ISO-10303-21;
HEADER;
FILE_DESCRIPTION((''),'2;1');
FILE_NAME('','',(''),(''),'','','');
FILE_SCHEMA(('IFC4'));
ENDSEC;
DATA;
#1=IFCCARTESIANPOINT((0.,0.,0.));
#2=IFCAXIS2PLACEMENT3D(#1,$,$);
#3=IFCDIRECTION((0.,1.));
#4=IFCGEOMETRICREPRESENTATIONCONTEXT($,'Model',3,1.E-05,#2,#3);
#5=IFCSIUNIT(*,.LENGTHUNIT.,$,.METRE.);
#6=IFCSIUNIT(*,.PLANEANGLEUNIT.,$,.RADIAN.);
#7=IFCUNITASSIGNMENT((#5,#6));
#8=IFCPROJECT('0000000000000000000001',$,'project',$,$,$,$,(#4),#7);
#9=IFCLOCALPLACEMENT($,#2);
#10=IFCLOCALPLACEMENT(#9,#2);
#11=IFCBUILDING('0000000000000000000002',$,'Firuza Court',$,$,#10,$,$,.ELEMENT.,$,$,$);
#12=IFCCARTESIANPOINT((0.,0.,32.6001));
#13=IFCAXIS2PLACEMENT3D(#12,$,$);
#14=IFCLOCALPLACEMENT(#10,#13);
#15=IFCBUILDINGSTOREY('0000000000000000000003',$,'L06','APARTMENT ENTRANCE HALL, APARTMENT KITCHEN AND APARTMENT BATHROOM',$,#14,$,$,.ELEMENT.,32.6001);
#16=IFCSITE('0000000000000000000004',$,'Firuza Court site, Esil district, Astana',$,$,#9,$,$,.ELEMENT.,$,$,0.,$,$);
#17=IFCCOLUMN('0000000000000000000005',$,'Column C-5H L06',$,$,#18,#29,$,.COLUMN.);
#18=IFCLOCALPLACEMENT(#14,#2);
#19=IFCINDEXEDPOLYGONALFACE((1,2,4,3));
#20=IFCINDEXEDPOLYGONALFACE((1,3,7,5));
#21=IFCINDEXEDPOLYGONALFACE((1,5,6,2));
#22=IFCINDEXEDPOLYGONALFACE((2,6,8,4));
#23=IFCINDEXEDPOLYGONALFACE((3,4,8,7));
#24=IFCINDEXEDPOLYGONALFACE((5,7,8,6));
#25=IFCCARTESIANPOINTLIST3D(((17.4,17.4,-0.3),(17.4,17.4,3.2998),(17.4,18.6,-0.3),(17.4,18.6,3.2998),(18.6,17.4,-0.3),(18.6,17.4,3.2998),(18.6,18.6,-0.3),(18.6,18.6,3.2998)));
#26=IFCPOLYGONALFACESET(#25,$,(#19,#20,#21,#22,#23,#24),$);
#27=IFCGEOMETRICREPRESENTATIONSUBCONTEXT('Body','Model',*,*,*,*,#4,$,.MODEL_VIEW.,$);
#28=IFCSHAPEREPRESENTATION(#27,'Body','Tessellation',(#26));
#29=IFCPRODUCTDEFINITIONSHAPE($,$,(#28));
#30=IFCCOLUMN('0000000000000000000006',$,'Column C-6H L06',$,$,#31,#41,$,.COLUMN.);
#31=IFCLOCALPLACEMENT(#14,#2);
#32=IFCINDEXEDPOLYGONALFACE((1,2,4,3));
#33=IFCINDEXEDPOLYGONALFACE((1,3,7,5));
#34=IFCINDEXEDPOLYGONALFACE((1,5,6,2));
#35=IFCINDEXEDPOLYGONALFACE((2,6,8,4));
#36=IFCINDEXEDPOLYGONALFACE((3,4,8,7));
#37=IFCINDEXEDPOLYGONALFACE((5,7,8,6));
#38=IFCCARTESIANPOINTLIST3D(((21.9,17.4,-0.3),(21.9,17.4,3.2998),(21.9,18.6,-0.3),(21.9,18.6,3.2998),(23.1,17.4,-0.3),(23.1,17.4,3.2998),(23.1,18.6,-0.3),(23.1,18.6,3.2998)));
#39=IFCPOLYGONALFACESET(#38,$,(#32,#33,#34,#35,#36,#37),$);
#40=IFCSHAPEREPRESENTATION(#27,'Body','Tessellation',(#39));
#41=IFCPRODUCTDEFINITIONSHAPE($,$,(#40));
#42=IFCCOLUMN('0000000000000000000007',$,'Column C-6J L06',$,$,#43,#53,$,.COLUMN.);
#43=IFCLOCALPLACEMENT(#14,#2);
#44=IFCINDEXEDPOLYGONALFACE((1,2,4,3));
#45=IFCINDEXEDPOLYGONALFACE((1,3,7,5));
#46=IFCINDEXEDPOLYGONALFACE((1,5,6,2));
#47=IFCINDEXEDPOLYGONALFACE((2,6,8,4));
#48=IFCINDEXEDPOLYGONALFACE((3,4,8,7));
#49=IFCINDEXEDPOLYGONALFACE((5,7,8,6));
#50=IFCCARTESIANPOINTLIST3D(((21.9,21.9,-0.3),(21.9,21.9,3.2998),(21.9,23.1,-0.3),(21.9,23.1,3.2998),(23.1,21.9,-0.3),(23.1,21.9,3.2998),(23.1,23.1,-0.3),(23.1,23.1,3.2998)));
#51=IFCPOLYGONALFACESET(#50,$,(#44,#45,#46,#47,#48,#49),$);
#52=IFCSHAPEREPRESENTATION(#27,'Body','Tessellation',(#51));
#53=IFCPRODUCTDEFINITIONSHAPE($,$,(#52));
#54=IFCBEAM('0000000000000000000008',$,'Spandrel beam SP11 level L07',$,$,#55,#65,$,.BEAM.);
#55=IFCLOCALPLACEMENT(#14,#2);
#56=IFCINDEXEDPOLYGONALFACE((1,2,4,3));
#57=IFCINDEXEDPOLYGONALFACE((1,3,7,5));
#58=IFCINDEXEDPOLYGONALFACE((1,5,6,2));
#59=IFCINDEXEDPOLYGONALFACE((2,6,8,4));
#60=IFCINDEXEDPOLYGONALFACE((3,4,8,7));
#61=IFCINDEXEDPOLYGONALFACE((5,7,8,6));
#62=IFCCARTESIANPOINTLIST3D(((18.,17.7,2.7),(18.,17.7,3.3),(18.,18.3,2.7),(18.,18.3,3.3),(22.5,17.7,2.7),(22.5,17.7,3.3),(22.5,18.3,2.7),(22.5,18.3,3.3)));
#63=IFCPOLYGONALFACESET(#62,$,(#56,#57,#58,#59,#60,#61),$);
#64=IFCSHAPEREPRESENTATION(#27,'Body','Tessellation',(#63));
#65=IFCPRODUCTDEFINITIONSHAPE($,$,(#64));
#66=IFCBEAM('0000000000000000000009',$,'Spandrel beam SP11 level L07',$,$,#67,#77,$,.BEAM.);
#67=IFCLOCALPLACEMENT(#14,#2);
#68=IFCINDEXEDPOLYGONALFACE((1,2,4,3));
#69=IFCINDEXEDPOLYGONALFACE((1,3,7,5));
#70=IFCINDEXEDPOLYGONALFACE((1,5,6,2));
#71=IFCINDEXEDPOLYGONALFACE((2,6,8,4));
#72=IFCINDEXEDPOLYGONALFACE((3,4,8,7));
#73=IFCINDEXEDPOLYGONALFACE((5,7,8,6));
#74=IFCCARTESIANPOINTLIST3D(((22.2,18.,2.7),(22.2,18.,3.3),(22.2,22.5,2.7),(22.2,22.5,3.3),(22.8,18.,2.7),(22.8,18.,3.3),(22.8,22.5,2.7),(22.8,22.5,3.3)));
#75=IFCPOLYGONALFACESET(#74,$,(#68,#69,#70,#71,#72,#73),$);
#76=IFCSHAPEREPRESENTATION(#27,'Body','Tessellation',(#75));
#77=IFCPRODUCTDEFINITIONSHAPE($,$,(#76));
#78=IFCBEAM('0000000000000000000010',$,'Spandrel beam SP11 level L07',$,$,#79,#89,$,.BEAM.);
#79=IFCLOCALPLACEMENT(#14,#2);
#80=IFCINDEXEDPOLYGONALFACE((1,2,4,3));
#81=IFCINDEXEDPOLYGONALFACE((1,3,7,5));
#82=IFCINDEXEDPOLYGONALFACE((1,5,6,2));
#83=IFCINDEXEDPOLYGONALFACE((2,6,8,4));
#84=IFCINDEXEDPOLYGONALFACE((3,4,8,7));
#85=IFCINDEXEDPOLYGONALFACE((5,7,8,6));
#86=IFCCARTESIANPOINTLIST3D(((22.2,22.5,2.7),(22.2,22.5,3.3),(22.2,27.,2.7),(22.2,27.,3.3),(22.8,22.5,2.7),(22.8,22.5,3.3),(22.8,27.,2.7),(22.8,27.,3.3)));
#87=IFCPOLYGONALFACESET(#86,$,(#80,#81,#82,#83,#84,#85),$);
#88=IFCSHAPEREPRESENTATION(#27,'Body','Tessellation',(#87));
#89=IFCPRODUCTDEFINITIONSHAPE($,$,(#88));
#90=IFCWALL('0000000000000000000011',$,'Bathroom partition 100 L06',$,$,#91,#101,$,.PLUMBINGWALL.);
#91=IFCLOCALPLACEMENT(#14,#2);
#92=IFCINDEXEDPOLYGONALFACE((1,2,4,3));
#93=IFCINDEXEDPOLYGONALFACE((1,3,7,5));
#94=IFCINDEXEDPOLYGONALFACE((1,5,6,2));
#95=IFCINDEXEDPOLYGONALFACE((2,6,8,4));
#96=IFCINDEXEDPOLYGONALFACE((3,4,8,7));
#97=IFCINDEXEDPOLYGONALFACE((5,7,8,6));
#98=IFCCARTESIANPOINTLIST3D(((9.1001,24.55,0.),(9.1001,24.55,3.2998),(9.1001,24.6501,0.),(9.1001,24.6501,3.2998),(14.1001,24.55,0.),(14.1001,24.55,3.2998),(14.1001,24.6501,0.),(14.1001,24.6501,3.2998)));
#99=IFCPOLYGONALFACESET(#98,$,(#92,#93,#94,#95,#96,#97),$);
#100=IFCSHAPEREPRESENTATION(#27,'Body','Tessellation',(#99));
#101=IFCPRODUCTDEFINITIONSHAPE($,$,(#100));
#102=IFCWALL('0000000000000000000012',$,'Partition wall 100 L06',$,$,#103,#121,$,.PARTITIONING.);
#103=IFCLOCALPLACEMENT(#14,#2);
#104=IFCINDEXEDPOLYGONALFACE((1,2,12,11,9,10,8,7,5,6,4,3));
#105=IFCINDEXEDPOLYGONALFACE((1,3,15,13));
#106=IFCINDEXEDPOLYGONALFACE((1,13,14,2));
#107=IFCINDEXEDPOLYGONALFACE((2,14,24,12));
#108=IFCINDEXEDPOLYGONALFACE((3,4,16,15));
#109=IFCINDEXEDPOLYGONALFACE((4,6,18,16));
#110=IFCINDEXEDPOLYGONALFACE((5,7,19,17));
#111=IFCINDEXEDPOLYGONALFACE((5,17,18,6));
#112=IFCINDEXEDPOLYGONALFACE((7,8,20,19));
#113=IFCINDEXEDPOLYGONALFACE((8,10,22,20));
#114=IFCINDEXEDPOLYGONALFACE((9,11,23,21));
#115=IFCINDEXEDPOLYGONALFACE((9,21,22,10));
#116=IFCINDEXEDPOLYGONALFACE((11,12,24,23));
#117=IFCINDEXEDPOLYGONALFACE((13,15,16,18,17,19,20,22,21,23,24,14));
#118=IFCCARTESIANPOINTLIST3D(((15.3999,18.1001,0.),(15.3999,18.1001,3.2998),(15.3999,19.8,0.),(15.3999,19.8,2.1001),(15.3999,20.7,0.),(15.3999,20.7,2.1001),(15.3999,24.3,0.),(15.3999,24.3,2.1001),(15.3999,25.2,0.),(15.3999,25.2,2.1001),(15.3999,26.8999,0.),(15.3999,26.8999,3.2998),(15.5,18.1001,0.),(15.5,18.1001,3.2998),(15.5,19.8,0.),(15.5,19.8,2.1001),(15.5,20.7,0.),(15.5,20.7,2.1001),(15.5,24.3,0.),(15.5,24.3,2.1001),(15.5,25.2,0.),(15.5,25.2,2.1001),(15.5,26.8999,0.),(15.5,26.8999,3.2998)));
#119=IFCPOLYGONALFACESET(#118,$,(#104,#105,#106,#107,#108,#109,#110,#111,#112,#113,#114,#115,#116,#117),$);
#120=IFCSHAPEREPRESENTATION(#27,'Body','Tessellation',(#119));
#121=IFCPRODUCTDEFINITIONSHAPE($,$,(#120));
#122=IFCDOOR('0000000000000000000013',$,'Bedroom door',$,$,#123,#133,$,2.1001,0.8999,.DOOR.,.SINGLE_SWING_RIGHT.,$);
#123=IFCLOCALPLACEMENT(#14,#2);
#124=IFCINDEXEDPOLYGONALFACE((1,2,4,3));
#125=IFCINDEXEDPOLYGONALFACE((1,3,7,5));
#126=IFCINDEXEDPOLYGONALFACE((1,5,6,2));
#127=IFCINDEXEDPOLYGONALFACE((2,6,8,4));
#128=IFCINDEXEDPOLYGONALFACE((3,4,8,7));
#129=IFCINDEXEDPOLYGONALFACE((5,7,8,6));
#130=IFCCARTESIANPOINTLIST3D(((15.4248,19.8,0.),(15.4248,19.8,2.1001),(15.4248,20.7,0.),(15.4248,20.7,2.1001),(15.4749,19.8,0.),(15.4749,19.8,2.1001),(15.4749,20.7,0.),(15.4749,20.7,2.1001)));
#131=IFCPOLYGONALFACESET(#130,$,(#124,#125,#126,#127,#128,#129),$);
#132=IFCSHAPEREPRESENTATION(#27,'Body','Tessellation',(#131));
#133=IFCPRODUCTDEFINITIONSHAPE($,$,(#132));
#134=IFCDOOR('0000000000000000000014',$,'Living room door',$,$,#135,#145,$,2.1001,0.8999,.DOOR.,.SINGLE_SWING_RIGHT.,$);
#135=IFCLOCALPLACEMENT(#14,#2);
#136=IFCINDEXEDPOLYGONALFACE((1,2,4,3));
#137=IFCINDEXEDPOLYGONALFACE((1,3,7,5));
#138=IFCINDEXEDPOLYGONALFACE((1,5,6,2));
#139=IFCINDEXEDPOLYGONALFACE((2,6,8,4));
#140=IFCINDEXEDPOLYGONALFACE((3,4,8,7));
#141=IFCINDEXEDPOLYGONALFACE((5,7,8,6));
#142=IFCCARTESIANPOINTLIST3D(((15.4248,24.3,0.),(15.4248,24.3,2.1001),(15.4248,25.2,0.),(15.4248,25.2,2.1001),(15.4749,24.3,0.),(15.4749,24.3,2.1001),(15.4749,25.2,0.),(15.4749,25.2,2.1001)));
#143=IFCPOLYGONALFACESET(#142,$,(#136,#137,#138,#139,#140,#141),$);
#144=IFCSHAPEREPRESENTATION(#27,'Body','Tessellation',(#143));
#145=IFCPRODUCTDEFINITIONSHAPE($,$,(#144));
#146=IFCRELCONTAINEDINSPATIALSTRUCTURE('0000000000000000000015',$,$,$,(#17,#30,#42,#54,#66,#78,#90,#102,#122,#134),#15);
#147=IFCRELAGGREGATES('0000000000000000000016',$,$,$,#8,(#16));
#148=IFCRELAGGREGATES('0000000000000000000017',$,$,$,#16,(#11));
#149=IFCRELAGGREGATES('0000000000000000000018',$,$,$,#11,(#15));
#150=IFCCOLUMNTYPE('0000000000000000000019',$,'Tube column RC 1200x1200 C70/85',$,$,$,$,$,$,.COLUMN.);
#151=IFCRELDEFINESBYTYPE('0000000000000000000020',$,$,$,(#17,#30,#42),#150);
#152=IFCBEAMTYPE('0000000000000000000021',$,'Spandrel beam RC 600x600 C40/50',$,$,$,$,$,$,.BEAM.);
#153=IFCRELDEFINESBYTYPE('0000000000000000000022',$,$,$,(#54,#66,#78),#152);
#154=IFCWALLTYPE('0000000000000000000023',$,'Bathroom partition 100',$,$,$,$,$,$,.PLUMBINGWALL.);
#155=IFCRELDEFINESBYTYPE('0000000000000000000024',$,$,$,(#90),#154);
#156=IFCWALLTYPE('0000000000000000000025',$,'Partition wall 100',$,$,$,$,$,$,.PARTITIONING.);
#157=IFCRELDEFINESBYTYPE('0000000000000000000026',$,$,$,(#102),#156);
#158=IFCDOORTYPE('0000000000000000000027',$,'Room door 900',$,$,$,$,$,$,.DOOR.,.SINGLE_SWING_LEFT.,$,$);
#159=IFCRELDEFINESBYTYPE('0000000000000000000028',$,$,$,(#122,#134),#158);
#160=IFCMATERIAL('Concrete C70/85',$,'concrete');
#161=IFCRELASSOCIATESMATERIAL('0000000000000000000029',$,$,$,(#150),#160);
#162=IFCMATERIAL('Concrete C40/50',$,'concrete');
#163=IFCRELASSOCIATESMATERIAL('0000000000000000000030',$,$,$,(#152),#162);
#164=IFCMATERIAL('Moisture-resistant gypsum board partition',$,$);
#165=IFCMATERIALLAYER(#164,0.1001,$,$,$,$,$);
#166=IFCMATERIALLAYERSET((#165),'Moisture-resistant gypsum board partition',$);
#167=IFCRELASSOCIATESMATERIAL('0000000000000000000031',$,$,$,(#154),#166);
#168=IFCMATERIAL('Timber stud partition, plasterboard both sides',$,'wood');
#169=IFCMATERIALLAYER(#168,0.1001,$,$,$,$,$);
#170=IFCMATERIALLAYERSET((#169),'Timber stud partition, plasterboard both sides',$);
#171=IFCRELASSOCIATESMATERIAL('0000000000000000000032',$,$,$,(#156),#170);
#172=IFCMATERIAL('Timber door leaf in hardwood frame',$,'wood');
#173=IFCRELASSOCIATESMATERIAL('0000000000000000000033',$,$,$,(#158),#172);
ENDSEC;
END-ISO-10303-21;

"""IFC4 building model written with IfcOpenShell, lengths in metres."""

from ifc_helpers import new_model, si_unit, direction, frame, frame_2d, origin, origin_2d, place, context, subcontext, project, spatial, rectangle, extrude, material, layer, layer_set, material_profile, profile_set, type_object, element, fill, save


model = new_model("IFC4")

# Units and contexts
model_context = context("Model", 3, precision=1e-05, world=origin(), true_north=direction((0.0, 1.0)))
body_context = subcontext(model_context, "Body", "Model", "MODEL_VIEW")
ifc_project = project(units=[si_unit("LENGTHUNIT", "METRE"), si_unit("PLANEANGLEUNIT", "RADIAN")], contexts=[model_context])

# Site, building, storey
site_placement = place(None, origin())
site = spatial("IfcSite", under=ifc_project, at=site_placement, Name="Firuza Court site, Esil district, Astana", CompositionType="ELEMENT", RefElevation=0.0)
building_placement = place(site_placement, origin())
building = spatial("IfcBuilding", under=site, at=building_placement, Name="Firuza Court", CompositionType="ELEMENT")
storey_placement = place(building_placement, frame((0.0, 0.0, 32.6001)))
storey = spatial("IfcBuildingStorey", under=building, at=storey_placement, Name="L06", Description="APARTMENT ENTRANCE HALL, APARTMENT KITCHEN AND APARTMENT BATHROOM", CompositionType="ELEMENT", Elevation=32.6001)

# Columns
ifc_material_1 = material(Name="Concrete C70/85", Category="concrete")
ifc_material_profile_1 = material_profile(ifc_material_1, rectangle(XDim=1.2, YDim=1.2, at=origin_2d()), Name="RC 1200x1200")
ifc_profile_set_1 = profile_set([ifc_material_profile_1], Name="Concrete C70/85")
column_type = type_object("IfcColumnType", Name="Tube column RC 1200x1200 C70/85", PredefinedType="COLUMN", material=ifc_profile_set_1)
for number, where, z_axis, x_axis, name in (
    (1, (18.0, 18.0, -0.3), (0.0, 0.0, 1.0), (1.0, 0.0, 0.0), "Column C-5H L06"),
    (2, (22.5, 18.0, -0.3), (0.0, 0.0, 1.0), (1.0, 0.0, 0.0), "Column C-6H L06"),
    (3, (22.5, 22.5, -0.3), (0.0, 0.0, 1.0), (1.0, 0.0, 0.0), "Column C-6J L06"),
):
    element("IfcColumn", number, at=place(storey_placement, frame(where, z_axis=z_axis, x_axis=x_axis)), inside=storey, type_object=column_type, Name=name, PredefinedType="COLUMN", context=body_context, shape_type="SweptSolid", body=[
        extrude(rectangle(XDim=1.2, YDim=1.2, at=origin_2d()), origin(), (0.0, 0.0, 1.0), 3.5999),
    ])

# Beams
ifc_material_2 = material(Name="Concrete C40/50", Category="concrete")
ifc_material_profile_2 = material_profile(ifc_material_2, rectangle(XDim=0.6001, YDim=0.6001, at=origin_2d()), Name="RC 600x600")
ifc_profile_set_2 = profile_set([ifc_material_profile_2], Name="Concrete C40/50")
beam_type = type_object("IfcBeamType", Name="Spandrel beam RC 600x600 C40/50", PredefinedType="BEAM", material=ifc_profile_set_2)
for number, where, z_axis, x_axis, name in (
    (4, (18.0, 18.0, 3.0), (1.0, 0.0, 0.0), (0.0, 1.0, 0.0), "Spandrel beam SP11 level L07"),
    (5, (22.5, 18.0, 3.0), (0.0, 1.0, 0.0), (-1.0, 0.0, 0.0), "Spandrel beam SP11 level L07"),
    (6, (22.5, 22.5, 3.0), (0.0, 1.0, 0.0), (-1.0, 0.0, 0.0), "Spandrel beam SP11 level L07"),
):
    element("IfcBeam", number, at=place(storey_placement, frame(where, z_axis=z_axis, x_axis=x_axis)), inside=storey, type_object=beam_type, Name=name, PredefinedType="BEAM", context=body_context, shape_type="SweptSolid", body=[
        extrude(rectangle(XDim=0.6001, YDim=0.6001, at=origin_2d()), origin(), (0.0, 0.0, 1.0), 4.5),
    ])

# Wall
ifc_material_3 = material(Name="Moisture-resistant gypsum board partition")
ifc_layer_1 = layer(ifc_material_3, 0.1001)
ifc_layer_set_1 = layer_set([ifc_layer_1], Name="Moisture-resistant gypsum board partition")
wall_type_1 = type_object("IfcWallType", Name="Bathroom partition 100", PredefinedType="PLUMBINGWALL", material=ifc_layer_set_1)
wall_1_placement = place(storey_placement, frame((9.1001, 24.6001, 0.0), z_axis=(0.0, 0.0, 1.0), x_axis=(1.0, 0.0, 0.0)))
element("IfcWall", 7, at=wall_1_placement, inside=storey, type_object=wall_type_1, Name="Bathroom partition 100 L06", PredefinedType="PLUMBINGWALL", context=body_context, shape_type="SweptSolid", body=[
    extrude(rectangle(XDim=5.0, YDim=0.1001, at=frame_2d((2.5, 0.0))), origin(), (0.0, 0.0, 1.0), 3.2998),
])

# Wall, openings, doors
ifc_material_4 = material(Name="Timber stud partition, plasterboard both sides", Category="wood")
ifc_layer_2 = layer(ifc_material_4, 0.1001)
ifc_layer_set_2 = layer_set([ifc_layer_2], Name="Timber stud partition, plasterboard both sides")
wall_type_2 = type_object("IfcWallType", Name="Partition wall 100", PredefinedType="PARTITIONING", material=ifc_layer_set_2)
wall_2_placement = place(storey_placement, frame((15.45, 18.1001, 0.0), z_axis=(0.0, 0.0, 1.0), x_axis=(0.0, 1.0, 0.0)))
wall_2 = element("IfcWall", 8, at=wall_2_placement, inside=storey, type_object=wall_type_2, Name="Partition wall 100 L06", PredefinedType="PARTITIONING", context=body_context, shape_type="SweptSolid", body=[
    extrude(rectangle(XDim=8.7998, YDim=0.1001, at=frame_2d((4.3999, 0.0))), origin(), (0.0, 0.0, 1.0), 3.2998),
])
opening_1_placement = place(wall_2_placement, frame((1.7, 0.0, 0.0)))
opening_1 = element("IfcOpeningElement", 9, at=opening_1_placement, cuts=wall_2, PredefinedType="OPENING", context=body_context, shape_type="SweptSolid", body=[
    extrude(rectangle(XDim=0.8999, YDim=2.1001, at=frame_2d((0.45, 1.05))), frame((0.0, 0.062, 0.0), z_axis=(0.0, -1.0, 0.0), x_axis=(1.0, 0.0, 0.0)), (0.0, 0.0, 1.0), 0.124),
])
opening_2_placement = place(wall_2_placement, frame((6.2, 0.0, 0.0)))
opening_2 = element("IfcOpeningElement", 10, at=opening_2_placement, cuts=wall_2, PredefinedType="OPENING", context=body_context, shape_type="SweptSolid", body=[
    extrude(rectangle(XDim=0.8999, YDim=2.1001, at=frame_2d((0.45, 1.05))), frame((0.0, 0.062, 0.0), z_axis=(0.0, -1.0, 0.0), x_axis=(1.0, 0.0, 0.0)), (0.0, 0.0, 1.0), 0.124),
])
ifc_material_5 = material(Name="Timber door leaf in hardwood frame", Category="wood")
door_type_1 = type_object("IfcDoorType", Name="Room door 900", OperationType="SINGLE_SWING_LEFT", PredefinedType="DOOR", material=ifc_material_5)
door_1_placement = place(opening_1_placement, frame((0.8999, 0.0, 0.0), z_axis=(0.0, 0.0, 1.0), x_axis=(-1.0, 0.0, 0.0)))
door_1 = element("IfcDoor", 11, at=door_1_placement, inside=storey, type_object=door_type_1, Name="Bedroom door", OperationType="SINGLE_SWING_RIGHT", OverallHeight=2.1001, OverallWidth=0.8999, PredefinedType="DOOR", context=body_context, shape_type="SweptSolid", body=[
    extrude(rectangle(XDim=0.8999, YDim=2.1001, at=frame_2d((0.45, 1.05))), frame((0.0, 0.0249, 0.0), z_axis=(0.0, -1.0, 0.0), x_axis=(1.0, 0.0, 0.0)), (0.0, 0.0, 1.0), 0.05),
])
fill(opening_1, door_1)
door_2_placement = place(opening_2_placement, frame((0.8999, 0.0, 0.0), z_axis=(0.0, 0.0, 1.0), x_axis=(-1.0, 0.0, 0.0)))
door_2 = element("IfcDoor", 12, at=door_2_placement, inside=storey, type_object=door_type_1, Name="Living room door", OperationType="SINGLE_SWING_RIGHT", OverallHeight=2.1001, OverallWidth=0.8999, PredefinedType="DOOR", context=body_context, shape_type="SweptSolid", body=[
    extrude(rectangle(XDim=0.8999, YDim=2.1001, at=frame_2d((0.45, 1.05))), frame((0.0, 0.0249, 0.0), z_axis=(0.0, -1.0, 0.0), x_axis=(1.0, 0.0, 0.0)), (0.0, 0.0, 1.0), 0.05),
])
fill(opening_2, door_2)

save(model, "model.ifc")
